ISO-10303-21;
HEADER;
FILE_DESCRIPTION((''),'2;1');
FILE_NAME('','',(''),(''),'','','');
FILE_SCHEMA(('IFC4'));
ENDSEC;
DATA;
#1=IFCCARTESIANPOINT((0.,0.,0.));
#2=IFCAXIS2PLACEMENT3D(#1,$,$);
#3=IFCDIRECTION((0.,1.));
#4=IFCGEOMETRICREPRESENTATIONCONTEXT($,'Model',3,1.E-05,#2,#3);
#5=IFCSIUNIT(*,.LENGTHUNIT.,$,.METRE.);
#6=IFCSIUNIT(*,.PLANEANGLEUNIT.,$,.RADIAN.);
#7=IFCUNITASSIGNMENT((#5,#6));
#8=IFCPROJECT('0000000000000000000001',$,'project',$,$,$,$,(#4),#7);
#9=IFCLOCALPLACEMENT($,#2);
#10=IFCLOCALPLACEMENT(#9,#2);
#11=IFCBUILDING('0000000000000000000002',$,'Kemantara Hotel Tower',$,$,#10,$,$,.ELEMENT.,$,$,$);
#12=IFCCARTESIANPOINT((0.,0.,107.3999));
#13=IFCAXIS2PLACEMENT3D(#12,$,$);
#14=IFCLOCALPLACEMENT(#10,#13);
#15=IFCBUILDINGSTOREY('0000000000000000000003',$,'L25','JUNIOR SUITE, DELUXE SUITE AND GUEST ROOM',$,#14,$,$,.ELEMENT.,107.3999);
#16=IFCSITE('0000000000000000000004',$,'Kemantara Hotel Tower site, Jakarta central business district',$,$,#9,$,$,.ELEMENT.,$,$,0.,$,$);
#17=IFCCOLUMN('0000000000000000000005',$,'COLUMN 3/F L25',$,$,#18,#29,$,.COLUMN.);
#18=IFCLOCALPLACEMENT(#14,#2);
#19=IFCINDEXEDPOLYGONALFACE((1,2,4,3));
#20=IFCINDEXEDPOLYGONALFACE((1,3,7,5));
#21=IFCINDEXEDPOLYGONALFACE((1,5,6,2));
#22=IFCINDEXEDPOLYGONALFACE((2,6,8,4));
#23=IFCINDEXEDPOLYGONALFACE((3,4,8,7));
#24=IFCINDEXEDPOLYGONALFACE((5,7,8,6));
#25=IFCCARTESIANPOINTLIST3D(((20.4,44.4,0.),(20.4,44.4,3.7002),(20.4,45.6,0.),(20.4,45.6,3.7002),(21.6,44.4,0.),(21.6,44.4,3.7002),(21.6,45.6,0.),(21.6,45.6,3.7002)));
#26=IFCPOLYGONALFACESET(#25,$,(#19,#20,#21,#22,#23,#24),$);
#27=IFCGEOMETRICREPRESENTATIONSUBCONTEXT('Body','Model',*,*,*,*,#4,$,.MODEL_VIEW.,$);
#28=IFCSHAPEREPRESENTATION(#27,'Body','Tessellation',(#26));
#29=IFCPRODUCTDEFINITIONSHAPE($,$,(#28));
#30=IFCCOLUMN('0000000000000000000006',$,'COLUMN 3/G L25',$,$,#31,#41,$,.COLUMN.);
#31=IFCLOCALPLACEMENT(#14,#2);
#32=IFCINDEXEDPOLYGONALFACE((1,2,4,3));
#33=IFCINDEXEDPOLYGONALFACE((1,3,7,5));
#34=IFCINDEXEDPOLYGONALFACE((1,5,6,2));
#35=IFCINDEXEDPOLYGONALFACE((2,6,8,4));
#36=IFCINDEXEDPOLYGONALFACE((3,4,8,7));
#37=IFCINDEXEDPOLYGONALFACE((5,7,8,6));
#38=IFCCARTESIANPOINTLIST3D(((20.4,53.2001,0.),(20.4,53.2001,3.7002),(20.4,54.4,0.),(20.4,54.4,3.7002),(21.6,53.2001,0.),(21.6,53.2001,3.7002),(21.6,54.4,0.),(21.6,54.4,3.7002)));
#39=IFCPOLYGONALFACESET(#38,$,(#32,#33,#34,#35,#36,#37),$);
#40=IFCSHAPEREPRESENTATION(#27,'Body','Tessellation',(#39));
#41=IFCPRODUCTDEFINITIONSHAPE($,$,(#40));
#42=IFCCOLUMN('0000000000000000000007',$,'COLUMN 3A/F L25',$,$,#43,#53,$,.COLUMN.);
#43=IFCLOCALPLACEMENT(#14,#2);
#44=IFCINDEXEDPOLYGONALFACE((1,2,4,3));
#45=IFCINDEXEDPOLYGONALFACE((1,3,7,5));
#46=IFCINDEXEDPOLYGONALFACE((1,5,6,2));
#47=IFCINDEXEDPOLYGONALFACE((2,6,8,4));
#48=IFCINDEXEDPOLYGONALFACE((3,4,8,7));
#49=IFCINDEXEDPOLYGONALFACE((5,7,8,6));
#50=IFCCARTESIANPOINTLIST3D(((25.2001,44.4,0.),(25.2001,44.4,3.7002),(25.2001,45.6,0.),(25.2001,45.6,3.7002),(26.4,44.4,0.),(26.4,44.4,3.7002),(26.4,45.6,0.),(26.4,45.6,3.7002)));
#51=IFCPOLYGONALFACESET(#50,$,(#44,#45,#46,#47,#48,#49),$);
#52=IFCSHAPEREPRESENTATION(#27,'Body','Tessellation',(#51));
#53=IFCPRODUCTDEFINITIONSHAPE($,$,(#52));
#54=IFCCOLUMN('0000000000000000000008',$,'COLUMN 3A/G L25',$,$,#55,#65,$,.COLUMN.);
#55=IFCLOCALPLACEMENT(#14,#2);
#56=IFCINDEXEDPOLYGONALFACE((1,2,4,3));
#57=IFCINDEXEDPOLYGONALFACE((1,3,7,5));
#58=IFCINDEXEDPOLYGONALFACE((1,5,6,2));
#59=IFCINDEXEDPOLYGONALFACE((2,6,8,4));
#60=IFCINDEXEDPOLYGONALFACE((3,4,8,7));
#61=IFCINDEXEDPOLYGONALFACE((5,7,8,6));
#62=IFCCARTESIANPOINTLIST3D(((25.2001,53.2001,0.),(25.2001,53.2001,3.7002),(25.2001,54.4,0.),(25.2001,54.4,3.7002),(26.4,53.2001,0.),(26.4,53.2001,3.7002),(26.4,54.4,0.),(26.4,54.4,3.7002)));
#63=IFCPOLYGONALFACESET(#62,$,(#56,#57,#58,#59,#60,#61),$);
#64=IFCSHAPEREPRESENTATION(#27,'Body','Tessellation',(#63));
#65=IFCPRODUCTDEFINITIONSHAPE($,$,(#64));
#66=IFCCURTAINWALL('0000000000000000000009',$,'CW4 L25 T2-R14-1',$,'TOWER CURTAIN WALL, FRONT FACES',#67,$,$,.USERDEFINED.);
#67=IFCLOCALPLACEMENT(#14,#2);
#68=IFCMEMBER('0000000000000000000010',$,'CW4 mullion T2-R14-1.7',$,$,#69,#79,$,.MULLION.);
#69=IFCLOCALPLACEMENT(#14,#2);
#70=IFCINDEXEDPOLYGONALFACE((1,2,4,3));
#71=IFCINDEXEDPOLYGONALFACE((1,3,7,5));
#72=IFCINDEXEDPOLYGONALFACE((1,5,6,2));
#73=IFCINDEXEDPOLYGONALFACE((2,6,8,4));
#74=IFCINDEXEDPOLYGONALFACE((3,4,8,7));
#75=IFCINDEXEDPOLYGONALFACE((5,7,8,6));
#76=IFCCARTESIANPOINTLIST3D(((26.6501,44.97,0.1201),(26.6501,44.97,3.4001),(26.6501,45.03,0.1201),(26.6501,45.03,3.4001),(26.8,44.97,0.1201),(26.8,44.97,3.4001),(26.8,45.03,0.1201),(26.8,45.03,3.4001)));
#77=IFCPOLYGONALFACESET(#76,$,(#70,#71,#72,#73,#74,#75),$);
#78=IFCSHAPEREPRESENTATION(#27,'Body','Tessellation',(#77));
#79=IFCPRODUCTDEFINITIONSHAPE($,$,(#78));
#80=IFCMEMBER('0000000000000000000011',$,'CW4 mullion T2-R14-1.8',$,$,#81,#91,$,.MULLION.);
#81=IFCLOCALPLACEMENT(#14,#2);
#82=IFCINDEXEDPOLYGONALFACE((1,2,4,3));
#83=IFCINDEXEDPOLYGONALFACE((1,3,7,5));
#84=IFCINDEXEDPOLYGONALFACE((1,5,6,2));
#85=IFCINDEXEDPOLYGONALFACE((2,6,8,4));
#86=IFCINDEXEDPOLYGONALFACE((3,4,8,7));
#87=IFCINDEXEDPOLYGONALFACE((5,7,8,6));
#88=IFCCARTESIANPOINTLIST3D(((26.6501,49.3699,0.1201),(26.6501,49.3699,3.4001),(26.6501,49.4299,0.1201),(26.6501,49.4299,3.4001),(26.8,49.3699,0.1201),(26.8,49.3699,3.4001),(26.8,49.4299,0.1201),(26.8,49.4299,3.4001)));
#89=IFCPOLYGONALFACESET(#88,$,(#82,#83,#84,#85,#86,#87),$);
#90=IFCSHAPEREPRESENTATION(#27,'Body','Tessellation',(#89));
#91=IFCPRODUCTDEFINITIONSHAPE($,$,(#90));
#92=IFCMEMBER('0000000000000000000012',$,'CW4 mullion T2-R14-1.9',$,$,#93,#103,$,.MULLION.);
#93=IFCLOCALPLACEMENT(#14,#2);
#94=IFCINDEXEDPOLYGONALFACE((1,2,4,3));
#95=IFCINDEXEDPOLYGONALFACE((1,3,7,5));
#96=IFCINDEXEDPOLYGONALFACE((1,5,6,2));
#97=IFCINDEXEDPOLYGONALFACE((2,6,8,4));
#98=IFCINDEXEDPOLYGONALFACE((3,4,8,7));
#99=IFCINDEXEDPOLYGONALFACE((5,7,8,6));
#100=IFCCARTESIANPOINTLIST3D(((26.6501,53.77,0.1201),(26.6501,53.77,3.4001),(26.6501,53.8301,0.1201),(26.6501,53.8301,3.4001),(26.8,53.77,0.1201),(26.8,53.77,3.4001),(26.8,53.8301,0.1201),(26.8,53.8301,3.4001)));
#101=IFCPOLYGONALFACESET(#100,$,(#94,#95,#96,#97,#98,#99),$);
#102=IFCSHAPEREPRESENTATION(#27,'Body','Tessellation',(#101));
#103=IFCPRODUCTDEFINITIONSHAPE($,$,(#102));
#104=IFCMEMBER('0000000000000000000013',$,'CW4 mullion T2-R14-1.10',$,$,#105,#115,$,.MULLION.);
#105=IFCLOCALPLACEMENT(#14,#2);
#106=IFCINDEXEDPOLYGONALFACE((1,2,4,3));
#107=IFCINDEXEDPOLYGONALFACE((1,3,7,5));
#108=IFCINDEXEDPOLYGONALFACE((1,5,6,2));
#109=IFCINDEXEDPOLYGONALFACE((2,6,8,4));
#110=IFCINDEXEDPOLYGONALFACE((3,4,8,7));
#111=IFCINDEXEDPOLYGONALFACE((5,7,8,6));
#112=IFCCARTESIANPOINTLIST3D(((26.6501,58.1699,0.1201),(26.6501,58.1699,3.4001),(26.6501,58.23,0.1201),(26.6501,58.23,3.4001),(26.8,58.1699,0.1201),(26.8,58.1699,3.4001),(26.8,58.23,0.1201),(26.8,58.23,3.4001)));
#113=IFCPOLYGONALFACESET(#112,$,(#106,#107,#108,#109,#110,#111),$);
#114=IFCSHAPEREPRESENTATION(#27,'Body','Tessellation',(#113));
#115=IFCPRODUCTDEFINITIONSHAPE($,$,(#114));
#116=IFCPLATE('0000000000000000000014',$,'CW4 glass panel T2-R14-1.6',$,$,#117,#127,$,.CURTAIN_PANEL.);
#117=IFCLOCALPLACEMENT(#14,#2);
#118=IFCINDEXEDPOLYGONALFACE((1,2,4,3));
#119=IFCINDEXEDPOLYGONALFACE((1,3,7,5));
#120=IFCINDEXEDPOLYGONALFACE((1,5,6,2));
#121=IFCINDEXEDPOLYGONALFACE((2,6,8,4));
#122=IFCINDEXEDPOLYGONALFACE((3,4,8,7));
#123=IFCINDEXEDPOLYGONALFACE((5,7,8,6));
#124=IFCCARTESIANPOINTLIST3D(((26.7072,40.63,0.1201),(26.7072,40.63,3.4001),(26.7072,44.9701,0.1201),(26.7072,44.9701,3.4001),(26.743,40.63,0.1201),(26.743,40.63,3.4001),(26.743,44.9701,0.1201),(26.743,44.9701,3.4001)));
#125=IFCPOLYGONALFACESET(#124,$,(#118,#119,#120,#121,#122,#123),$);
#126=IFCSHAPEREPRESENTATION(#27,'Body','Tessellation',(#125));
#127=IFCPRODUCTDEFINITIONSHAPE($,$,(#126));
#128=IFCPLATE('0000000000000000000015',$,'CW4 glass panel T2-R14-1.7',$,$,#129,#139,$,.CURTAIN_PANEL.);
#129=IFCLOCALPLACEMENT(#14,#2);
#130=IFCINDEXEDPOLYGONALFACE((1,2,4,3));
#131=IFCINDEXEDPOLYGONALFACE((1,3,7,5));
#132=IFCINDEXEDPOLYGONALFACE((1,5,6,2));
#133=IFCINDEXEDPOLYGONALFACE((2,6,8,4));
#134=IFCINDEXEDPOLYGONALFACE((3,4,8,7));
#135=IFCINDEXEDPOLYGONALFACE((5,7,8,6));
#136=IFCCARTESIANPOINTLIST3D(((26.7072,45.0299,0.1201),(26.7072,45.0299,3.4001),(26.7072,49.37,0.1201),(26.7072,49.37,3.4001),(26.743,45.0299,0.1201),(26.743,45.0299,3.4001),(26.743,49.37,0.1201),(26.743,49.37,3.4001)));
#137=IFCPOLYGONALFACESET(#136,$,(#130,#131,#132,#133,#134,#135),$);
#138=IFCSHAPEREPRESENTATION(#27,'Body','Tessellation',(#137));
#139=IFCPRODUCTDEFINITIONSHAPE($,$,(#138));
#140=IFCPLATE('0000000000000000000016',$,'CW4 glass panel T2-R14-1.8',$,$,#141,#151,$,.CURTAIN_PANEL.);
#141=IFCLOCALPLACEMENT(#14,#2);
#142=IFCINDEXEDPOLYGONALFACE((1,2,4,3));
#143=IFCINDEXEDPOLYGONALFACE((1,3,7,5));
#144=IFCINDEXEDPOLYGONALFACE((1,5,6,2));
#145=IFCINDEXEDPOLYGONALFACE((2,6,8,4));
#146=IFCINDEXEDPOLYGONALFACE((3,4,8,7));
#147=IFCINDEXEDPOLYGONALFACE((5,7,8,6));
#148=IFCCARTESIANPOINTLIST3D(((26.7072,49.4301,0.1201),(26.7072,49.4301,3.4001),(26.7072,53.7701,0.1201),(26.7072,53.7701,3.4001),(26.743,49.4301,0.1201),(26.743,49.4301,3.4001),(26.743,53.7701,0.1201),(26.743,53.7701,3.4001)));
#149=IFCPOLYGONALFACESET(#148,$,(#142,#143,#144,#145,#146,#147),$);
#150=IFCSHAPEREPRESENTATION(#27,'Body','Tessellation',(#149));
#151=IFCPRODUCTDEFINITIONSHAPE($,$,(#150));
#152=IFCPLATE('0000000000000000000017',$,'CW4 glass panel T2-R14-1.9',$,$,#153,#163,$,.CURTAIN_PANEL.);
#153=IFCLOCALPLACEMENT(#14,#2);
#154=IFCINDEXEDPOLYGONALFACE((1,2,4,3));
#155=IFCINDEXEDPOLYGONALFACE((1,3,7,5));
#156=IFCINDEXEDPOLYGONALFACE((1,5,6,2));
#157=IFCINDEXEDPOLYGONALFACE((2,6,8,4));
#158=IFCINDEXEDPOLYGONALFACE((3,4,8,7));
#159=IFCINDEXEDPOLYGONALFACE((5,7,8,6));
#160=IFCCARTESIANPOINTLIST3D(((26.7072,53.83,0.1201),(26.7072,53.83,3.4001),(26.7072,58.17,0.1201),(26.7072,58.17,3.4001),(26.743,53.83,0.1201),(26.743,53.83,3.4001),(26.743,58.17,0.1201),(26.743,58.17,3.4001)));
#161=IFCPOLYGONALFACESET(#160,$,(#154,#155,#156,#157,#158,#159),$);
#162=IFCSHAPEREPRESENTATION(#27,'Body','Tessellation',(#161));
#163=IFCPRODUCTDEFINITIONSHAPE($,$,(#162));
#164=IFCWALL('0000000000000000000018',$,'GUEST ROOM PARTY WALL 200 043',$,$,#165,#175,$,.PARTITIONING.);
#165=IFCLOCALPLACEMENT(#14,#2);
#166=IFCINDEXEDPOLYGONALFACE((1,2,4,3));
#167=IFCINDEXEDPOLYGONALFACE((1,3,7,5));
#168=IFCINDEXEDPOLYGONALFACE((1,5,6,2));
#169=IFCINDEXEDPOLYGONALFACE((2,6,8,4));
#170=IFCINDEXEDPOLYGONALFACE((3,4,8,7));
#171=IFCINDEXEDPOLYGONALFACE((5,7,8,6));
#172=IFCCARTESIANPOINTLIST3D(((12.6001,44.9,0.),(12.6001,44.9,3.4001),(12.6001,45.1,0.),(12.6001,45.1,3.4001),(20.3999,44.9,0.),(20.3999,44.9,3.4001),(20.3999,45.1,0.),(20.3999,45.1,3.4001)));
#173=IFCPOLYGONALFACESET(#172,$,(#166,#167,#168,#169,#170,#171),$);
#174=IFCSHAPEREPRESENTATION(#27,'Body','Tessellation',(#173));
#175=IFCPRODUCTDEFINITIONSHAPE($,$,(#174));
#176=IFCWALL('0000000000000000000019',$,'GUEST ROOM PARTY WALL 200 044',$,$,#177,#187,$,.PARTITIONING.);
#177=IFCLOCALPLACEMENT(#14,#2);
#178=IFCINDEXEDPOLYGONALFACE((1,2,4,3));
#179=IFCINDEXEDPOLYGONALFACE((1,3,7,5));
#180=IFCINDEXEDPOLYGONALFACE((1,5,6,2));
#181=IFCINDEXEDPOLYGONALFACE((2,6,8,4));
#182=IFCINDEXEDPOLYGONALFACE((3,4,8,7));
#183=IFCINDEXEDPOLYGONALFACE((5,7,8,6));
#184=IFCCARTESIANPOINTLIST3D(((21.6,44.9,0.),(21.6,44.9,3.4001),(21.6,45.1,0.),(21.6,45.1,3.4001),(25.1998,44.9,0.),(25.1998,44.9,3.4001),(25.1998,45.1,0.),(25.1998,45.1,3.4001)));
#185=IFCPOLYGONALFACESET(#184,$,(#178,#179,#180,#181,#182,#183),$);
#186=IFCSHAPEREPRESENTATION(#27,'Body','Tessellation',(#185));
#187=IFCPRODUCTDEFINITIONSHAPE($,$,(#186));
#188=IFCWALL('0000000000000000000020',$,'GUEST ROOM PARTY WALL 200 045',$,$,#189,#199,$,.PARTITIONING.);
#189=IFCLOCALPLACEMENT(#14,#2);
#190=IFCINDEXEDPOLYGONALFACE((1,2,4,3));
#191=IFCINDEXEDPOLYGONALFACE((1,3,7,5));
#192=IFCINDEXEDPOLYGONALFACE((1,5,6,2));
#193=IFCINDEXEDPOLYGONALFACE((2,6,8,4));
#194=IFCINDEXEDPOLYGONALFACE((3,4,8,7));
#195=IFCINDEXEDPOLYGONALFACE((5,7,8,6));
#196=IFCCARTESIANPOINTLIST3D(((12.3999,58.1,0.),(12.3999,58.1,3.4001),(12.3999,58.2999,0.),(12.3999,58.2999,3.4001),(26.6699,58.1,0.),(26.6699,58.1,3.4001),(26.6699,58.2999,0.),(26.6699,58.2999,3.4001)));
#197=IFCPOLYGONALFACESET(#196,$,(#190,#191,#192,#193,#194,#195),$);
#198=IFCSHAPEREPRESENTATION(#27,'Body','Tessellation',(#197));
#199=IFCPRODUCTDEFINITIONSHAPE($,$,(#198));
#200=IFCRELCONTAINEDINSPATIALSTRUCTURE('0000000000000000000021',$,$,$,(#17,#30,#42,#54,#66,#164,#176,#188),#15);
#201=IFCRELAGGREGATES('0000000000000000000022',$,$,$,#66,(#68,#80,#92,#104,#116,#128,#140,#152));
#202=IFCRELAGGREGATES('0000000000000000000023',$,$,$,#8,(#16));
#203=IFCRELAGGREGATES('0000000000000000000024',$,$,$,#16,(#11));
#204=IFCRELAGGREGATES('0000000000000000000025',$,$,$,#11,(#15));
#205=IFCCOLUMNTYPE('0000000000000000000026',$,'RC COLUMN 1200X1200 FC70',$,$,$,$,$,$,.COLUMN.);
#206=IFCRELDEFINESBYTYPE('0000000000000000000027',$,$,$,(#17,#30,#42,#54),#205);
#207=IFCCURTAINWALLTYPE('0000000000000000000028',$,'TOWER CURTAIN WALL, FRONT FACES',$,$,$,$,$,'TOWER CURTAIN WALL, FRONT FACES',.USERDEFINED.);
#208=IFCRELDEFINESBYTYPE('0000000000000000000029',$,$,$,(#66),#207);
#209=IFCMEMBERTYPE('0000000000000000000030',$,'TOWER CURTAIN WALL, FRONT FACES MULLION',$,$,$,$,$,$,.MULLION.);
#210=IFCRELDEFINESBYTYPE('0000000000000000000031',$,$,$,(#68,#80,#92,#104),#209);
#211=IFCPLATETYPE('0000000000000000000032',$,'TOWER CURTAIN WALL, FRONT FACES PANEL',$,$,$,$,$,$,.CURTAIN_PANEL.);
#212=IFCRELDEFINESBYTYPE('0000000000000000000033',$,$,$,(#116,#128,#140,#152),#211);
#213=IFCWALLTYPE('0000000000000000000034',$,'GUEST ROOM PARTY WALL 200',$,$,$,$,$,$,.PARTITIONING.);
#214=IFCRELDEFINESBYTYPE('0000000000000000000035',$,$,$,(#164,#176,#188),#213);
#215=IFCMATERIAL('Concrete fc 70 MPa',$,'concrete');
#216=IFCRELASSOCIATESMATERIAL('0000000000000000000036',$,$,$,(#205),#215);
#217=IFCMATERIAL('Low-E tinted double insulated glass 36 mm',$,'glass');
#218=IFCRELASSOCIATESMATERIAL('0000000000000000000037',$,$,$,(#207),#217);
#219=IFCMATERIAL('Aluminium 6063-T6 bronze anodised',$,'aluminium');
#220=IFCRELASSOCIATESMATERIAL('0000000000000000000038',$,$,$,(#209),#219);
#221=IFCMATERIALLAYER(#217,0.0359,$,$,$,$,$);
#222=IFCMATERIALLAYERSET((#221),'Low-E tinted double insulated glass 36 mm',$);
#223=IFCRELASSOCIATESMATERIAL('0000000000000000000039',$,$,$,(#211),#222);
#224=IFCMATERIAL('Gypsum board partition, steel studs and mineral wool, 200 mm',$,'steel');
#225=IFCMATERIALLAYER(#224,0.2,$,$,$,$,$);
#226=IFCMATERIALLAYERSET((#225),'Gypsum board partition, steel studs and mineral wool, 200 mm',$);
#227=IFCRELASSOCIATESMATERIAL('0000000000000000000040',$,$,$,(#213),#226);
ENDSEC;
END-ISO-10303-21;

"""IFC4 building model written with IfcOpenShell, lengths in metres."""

from ifc_helpers import new_model, si_unit, direction, frame, frame_2d, origin, origin_2d, place, context, subcontext, project, spatial, rectangle, extrude, source, transform, mapped, material, layer, layer_set, material_profile, profile_set, type_object, element, aggregate, save


model = new_model("IFC4")

# Units and contexts
model_context = context("Model", 3, precision=1e-05, world=origin(), true_north=direction((0.0, 1.0)))
body_context = subcontext(model_context, "Body", "Model", "MODEL_VIEW")
ifc_project = project(units=[si_unit("LENGTHUNIT", "METRE"), si_unit("PLANEANGLEUNIT", "RADIAN")], contexts=[model_context])

# Site, building, storey
site_placement = place(None, origin())
site = spatial("IfcSite", under=ifc_project, at=site_placement, Name="Kemantara Hotel Tower site, Jakarta central business district", CompositionType="ELEMENT", RefElevation=0.0)
building_placement = place(site_placement, origin())
building = spatial("IfcBuilding", under=site, at=building_placement, Name="Kemantara Hotel Tower", CompositionType="ELEMENT")
storey_placement = place(building_placement, frame((0.0, 0.0, 107.3999)))
storey = spatial("IfcBuildingStorey", under=building, at=storey_placement, Name="L25", Description="JUNIOR SUITE, DELUXE SUITE AND GUEST ROOM", CompositionType="ELEMENT", Elevation=107.3999)

# Columns
ifc_material_1 = material(Name="Concrete fc 70 MPa", Category="concrete")
ifc_material_profile_1 = material_profile(ifc_material_1, rectangle(XDim=1.2, YDim=1.2, at=origin_2d()), Name="RC 1200X1200")
ifc_profile_set_1 = profile_set([ifc_material_profile_1], Name="Concrete fc 70 MPa")
column_type = type_object("IfcColumnType", Name="RC COLUMN 1200X1200 FC70", PredefinedType="COLUMN", material=ifc_profile_set_1)
for number, where, z_axis, x_axis, name in (
    (1, (21.0, 45.0, 0.0), (0.0, 0.0, 1.0), (1.0, 0.0, 0.0), "COLUMN 3/F L25"),
    (2, (21.0, 53.8, 0.0), (0.0, 0.0, 1.0), (1.0, 0.0, 0.0), "COLUMN 3/G L25"),
    (3, (25.8, 45.0, 0.0), (0.0, 0.0, 1.0), (1.0, 0.0, 0.0), "COLUMN 3A/F L25"),
    (4, (25.8, 53.8, 0.0), (0.0, 0.0, 1.0), (1.0, 0.0, 0.0), "COLUMN 3A/G L25"),
):
    element("IfcColumn", number, at=place(storey_placement, frame(where, z_axis=z_axis, x_axis=x_axis)), inside=storey, type_object=column_type, Name=name, PredefinedType="COLUMN", context=body_context, shape_type="SweptSolid", body=[
        extrude(rectangle(XDim=1.2, YDim=1.2, at=origin_2d()), origin(), (0.0, 0.0, 1.0), 3.7002),
    ])

# Curtain wall, members, plates
ifc_material_2 = material(Name="Low-E tinted double insulated glass 36 mm", Category="glass")
curtain_wall_type = type_object("IfcCurtainWallType", Name="TOWER CURTAIN WALL, FRONT FACES", ElementType="TOWER CURTAIN WALL, FRONT FACES", PredefinedType="USERDEFINED", material=ifc_material_2)
curtain_wall_placement = place(storey_placement, origin())
curtain_wall = element("IfcCurtainWall", 5, at=curtain_wall_placement, inside=storey, type_object=curtain_wall_type, Name="CW4 L25 T2-R14-1", ObjectType="TOWER CURTAIN WALL, FRONT FACES", PredefinedType="USERDEFINED")
ifc_material_3 = material(Name="Aluminium 6063-T6 bronze anodised", Category="aluminium")
ifc_material_profile_2 = material_profile(ifc_material_3, rectangle(XDim=0.1499, YDim=0.0601, at=origin_2d()), Name="TOWER CURTAIN WALL, FRONT FACES MULLION")
ifc_profile_set_2 = profile_set([ifc_material_profile_2], Name="Aluminium 6063-T6 bronze anodised")
member_type = type_object("IfcMemberType", Name="TOWER CURTAIN WALL, FRONT FACES MULLION", PredefinedType="MULLION", material=ifc_profile_set_2)
shared_shape_1 = source(origin(), body_context, "Body", "SweptSolid", [
    extrude(rectangle(XDim=0.1499, YDim=0.0601, at=origin_2d()), origin(), (0.0, 0.0, 1.0), 3.28),
])
member_1_placement = place(storey_placement, frame((26.7251, 45.0, 0.1201), z_axis=(0.0, 0.0, 1.0), x_axis=(-1.0, 0.0, 0.0)))
member_1 = element("IfcMember", 6, at=member_1_placement, type_object=member_type, Name="CW4 mullion T2-R14-1.7", PredefinedType="MULLION", context=body_context, shape_type="MappedRepresentation", body=[
    mapped(shared_shape_1, transform((0.0, 0.0, 0.0))),
])
member_2_placement = place(storey_placement, frame((26.7251, 49.3999, 0.1201), z_axis=(0.0, 0.0, 1.0), x_axis=(-1.0, 0.0, 0.0)))
member_2 = element("IfcMember", 7, at=member_2_placement, type_object=member_type, Name="CW4 mullion T2-R14-1.8", PredefinedType="MULLION", context=body_context, shape_type="MappedRepresentation", body=[
    mapped(shared_shape_1, transform((0.0, 0.0, 0.0))),
])
member_3_placement = place(storey_placement, frame((26.7251, 53.8, 0.1201), z_axis=(0.0, 0.0, 1.0), x_axis=(-1.0, 0.0, 0.0)))
member_3 = element("IfcMember", 8, at=member_3_placement, type_object=member_type, Name="CW4 mullion T2-R14-1.9", PredefinedType="MULLION", context=body_context, shape_type="MappedRepresentation", body=[
    mapped(shared_shape_1, transform((0.0, 0.0, 0.0))),
])
member_4_placement = place(storey_placement, frame((26.7251, 58.2, 0.1201), z_axis=(0.0, 0.0, 1.0), x_axis=(-1.0, 0.0, 0.0)))
member_4 = element("IfcMember", 9, at=member_4_placement, type_object=member_type, Name="CW4 mullion T2-R14-1.10", PredefinedType="MULLION", context=body_context, shape_type="MappedRepresentation", body=[
    mapped(shared_shape_1, transform((0.0, 0.0, 0.0))),
])
ifc_layer_1 = layer(ifc_material_2, 0.0359)
ifc_layer_set_1 = layer_set([ifc_layer_1], Name="Low-E tinted double insulated glass 36 mm")
plate_type = type_object("IfcPlateType", Name="TOWER CURTAIN WALL, FRONT FACES PANEL", PredefinedType="CURTAIN_PANEL", material=ifc_layer_set_1)
shared_shape_2 = source(origin(), body_context, "Body", "SweptSolid", [
    extrude(rectangle(XDim=4.3401, YDim=0.0359, at=origin_2d()), origin(), (0.0, 0.0, 1.0), 3.28),
])
plate_1_placement = place(storey_placement, frame((26.7251, 42.8, 0.1201), z_axis=(0.0, 0.0, 1.0), x_axis=(0.0, 1.0, 0.0)))
plate_1 = element("IfcPlate", 10, at=plate_1_placement, type_object=plate_type, Name="CW4 glass panel T2-R14-1.6", PredefinedType="CURTAIN_PANEL", context=body_context, shape_type="MappedRepresentation", body=[
    mapped(shared_shape_2, transform((0.0, 0.0, 0.0))),
])
plate_2_placement = place(storey_placement, frame((26.7251, 47.2, 0.1201), z_axis=(0.0, 0.0, 1.0), x_axis=(0.0, 1.0, 0.0)))
plate_2 = element("IfcPlate", 11, at=plate_2_placement, type_object=plate_type, Name="CW4 glass panel T2-R14-1.7", PredefinedType="CURTAIN_PANEL", context=body_context, shape_type="MappedRepresentation", body=[
    mapped(shared_shape_2, transform((0.0, 0.0, 0.0))),
])
plate_3_placement = place(storey_placement, frame((26.7251, 51.6001, 0.1201), z_axis=(0.0, 0.0, 1.0), x_axis=(0.0, 1.0, 0.0)))
plate_3 = element("IfcPlate", 12, at=plate_3_placement, type_object=plate_type, Name="CW4 glass panel T2-R14-1.8", PredefinedType="CURTAIN_PANEL", context=body_context, shape_type="MappedRepresentation", body=[
    mapped(shared_shape_2, transform((0.0, 0.0, 0.0))),
])
plate_4_placement = place(storey_placement, frame((26.7251, 56.0, 0.1201), z_axis=(0.0, 0.0, 1.0), x_axis=(0.0, 1.0, 0.0)))
plate_4 = element("IfcPlate", 13, at=plate_4_placement, type_object=plate_type, Name="CW4 glass panel T2-R14-1.9", PredefinedType="CURTAIN_PANEL", context=body_context, shape_type="MappedRepresentation", body=[
    mapped(shared_shape_2, transform((0.0, 0.0, 0.0))),
])
aggregate(curtain_wall, [member_1, member_2, member_3, member_4, plate_1, plate_2, plate_3, plate_4])

# Walls
ifc_material_4 = material(Name="Gypsum board partition, steel studs and mineral wool, 200 mm", Category="steel")
ifc_layer_2 = layer(ifc_material_4, 0.2)
ifc_layer_set_2 = layer_set([ifc_layer_2], Name="Gypsum board partition, steel studs and mineral wool, 200 mm")
wall_type_1 = type_object("IfcWallType", Name="GUEST ROOM PARTY WALL 200", PredefinedType="PARTITIONING", material=ifc_layer_set_2)
wall_1_placement = place(storey_placement, frame((12.6001, 45.0, 0.0), z_axis=(0.0, 0.0, 1.0), x_axis=(1.0, 0.0, 0.0)))
element("IfcWall", 14, at=wall_1_placement, inside=storey, type_object=wall_type_1, Name="GUEST ROOM PARTY WALL 200 043", PredefinedType="PARTITIONING", context=body_context, shape_type="SweptSolid", body=[
    extrude(rectangle(XDim=7.7998, YDim=0.2, at=frame_2d((3.8999, 0.0))), origin(), (0.0, 0.0, 1.0), 3.4001),
])
wall_2_placement = place(storey_placement, frame((21.6001, 45.0, 0.0), z_axis=(0.0, 0.0, 1.0), x_axis=(1.0, 0.0, 0.0)))
element("IfcWall", 15, at=wall_2_placement, inside=storey, type_object=wall_type_1, Name="GUEST ROOM PARTY WALL 200 044", PredefinedType="PARTITIONING", context=body_context, shape_type="SweptSolid", body=[
    extrude(rectangle(XDim=3.5999, YDim=0.2, at=frame_2d((1.7998, 0.0))), origin(), (0.0, 0.0, 1.0), 3.4001),
])
wall_3_placement = place(storey_placement, frame((12.3999, 58.2, 0.0), z_axis=(0.0, 0.0, 1.0), x_axis=(1.0, 0.0, 0.0)))
element("IfcWall", 16, at=wall_3_placement, inside=storey, type_object=wall_type_1, Name="GUEST ROOM PARTY WALL 200 045", PredefinedType="PARTITIONING", context=body_context, shape_type="SweptSolid", body=[
    extrude(rectangle(XDim=14.27, YDim=0.2, at=frame_2d((7.135, 0.0))), origin(), (0.0, 0.0, 1.0), 3.4001),
])

save(model, "model.ifc")
